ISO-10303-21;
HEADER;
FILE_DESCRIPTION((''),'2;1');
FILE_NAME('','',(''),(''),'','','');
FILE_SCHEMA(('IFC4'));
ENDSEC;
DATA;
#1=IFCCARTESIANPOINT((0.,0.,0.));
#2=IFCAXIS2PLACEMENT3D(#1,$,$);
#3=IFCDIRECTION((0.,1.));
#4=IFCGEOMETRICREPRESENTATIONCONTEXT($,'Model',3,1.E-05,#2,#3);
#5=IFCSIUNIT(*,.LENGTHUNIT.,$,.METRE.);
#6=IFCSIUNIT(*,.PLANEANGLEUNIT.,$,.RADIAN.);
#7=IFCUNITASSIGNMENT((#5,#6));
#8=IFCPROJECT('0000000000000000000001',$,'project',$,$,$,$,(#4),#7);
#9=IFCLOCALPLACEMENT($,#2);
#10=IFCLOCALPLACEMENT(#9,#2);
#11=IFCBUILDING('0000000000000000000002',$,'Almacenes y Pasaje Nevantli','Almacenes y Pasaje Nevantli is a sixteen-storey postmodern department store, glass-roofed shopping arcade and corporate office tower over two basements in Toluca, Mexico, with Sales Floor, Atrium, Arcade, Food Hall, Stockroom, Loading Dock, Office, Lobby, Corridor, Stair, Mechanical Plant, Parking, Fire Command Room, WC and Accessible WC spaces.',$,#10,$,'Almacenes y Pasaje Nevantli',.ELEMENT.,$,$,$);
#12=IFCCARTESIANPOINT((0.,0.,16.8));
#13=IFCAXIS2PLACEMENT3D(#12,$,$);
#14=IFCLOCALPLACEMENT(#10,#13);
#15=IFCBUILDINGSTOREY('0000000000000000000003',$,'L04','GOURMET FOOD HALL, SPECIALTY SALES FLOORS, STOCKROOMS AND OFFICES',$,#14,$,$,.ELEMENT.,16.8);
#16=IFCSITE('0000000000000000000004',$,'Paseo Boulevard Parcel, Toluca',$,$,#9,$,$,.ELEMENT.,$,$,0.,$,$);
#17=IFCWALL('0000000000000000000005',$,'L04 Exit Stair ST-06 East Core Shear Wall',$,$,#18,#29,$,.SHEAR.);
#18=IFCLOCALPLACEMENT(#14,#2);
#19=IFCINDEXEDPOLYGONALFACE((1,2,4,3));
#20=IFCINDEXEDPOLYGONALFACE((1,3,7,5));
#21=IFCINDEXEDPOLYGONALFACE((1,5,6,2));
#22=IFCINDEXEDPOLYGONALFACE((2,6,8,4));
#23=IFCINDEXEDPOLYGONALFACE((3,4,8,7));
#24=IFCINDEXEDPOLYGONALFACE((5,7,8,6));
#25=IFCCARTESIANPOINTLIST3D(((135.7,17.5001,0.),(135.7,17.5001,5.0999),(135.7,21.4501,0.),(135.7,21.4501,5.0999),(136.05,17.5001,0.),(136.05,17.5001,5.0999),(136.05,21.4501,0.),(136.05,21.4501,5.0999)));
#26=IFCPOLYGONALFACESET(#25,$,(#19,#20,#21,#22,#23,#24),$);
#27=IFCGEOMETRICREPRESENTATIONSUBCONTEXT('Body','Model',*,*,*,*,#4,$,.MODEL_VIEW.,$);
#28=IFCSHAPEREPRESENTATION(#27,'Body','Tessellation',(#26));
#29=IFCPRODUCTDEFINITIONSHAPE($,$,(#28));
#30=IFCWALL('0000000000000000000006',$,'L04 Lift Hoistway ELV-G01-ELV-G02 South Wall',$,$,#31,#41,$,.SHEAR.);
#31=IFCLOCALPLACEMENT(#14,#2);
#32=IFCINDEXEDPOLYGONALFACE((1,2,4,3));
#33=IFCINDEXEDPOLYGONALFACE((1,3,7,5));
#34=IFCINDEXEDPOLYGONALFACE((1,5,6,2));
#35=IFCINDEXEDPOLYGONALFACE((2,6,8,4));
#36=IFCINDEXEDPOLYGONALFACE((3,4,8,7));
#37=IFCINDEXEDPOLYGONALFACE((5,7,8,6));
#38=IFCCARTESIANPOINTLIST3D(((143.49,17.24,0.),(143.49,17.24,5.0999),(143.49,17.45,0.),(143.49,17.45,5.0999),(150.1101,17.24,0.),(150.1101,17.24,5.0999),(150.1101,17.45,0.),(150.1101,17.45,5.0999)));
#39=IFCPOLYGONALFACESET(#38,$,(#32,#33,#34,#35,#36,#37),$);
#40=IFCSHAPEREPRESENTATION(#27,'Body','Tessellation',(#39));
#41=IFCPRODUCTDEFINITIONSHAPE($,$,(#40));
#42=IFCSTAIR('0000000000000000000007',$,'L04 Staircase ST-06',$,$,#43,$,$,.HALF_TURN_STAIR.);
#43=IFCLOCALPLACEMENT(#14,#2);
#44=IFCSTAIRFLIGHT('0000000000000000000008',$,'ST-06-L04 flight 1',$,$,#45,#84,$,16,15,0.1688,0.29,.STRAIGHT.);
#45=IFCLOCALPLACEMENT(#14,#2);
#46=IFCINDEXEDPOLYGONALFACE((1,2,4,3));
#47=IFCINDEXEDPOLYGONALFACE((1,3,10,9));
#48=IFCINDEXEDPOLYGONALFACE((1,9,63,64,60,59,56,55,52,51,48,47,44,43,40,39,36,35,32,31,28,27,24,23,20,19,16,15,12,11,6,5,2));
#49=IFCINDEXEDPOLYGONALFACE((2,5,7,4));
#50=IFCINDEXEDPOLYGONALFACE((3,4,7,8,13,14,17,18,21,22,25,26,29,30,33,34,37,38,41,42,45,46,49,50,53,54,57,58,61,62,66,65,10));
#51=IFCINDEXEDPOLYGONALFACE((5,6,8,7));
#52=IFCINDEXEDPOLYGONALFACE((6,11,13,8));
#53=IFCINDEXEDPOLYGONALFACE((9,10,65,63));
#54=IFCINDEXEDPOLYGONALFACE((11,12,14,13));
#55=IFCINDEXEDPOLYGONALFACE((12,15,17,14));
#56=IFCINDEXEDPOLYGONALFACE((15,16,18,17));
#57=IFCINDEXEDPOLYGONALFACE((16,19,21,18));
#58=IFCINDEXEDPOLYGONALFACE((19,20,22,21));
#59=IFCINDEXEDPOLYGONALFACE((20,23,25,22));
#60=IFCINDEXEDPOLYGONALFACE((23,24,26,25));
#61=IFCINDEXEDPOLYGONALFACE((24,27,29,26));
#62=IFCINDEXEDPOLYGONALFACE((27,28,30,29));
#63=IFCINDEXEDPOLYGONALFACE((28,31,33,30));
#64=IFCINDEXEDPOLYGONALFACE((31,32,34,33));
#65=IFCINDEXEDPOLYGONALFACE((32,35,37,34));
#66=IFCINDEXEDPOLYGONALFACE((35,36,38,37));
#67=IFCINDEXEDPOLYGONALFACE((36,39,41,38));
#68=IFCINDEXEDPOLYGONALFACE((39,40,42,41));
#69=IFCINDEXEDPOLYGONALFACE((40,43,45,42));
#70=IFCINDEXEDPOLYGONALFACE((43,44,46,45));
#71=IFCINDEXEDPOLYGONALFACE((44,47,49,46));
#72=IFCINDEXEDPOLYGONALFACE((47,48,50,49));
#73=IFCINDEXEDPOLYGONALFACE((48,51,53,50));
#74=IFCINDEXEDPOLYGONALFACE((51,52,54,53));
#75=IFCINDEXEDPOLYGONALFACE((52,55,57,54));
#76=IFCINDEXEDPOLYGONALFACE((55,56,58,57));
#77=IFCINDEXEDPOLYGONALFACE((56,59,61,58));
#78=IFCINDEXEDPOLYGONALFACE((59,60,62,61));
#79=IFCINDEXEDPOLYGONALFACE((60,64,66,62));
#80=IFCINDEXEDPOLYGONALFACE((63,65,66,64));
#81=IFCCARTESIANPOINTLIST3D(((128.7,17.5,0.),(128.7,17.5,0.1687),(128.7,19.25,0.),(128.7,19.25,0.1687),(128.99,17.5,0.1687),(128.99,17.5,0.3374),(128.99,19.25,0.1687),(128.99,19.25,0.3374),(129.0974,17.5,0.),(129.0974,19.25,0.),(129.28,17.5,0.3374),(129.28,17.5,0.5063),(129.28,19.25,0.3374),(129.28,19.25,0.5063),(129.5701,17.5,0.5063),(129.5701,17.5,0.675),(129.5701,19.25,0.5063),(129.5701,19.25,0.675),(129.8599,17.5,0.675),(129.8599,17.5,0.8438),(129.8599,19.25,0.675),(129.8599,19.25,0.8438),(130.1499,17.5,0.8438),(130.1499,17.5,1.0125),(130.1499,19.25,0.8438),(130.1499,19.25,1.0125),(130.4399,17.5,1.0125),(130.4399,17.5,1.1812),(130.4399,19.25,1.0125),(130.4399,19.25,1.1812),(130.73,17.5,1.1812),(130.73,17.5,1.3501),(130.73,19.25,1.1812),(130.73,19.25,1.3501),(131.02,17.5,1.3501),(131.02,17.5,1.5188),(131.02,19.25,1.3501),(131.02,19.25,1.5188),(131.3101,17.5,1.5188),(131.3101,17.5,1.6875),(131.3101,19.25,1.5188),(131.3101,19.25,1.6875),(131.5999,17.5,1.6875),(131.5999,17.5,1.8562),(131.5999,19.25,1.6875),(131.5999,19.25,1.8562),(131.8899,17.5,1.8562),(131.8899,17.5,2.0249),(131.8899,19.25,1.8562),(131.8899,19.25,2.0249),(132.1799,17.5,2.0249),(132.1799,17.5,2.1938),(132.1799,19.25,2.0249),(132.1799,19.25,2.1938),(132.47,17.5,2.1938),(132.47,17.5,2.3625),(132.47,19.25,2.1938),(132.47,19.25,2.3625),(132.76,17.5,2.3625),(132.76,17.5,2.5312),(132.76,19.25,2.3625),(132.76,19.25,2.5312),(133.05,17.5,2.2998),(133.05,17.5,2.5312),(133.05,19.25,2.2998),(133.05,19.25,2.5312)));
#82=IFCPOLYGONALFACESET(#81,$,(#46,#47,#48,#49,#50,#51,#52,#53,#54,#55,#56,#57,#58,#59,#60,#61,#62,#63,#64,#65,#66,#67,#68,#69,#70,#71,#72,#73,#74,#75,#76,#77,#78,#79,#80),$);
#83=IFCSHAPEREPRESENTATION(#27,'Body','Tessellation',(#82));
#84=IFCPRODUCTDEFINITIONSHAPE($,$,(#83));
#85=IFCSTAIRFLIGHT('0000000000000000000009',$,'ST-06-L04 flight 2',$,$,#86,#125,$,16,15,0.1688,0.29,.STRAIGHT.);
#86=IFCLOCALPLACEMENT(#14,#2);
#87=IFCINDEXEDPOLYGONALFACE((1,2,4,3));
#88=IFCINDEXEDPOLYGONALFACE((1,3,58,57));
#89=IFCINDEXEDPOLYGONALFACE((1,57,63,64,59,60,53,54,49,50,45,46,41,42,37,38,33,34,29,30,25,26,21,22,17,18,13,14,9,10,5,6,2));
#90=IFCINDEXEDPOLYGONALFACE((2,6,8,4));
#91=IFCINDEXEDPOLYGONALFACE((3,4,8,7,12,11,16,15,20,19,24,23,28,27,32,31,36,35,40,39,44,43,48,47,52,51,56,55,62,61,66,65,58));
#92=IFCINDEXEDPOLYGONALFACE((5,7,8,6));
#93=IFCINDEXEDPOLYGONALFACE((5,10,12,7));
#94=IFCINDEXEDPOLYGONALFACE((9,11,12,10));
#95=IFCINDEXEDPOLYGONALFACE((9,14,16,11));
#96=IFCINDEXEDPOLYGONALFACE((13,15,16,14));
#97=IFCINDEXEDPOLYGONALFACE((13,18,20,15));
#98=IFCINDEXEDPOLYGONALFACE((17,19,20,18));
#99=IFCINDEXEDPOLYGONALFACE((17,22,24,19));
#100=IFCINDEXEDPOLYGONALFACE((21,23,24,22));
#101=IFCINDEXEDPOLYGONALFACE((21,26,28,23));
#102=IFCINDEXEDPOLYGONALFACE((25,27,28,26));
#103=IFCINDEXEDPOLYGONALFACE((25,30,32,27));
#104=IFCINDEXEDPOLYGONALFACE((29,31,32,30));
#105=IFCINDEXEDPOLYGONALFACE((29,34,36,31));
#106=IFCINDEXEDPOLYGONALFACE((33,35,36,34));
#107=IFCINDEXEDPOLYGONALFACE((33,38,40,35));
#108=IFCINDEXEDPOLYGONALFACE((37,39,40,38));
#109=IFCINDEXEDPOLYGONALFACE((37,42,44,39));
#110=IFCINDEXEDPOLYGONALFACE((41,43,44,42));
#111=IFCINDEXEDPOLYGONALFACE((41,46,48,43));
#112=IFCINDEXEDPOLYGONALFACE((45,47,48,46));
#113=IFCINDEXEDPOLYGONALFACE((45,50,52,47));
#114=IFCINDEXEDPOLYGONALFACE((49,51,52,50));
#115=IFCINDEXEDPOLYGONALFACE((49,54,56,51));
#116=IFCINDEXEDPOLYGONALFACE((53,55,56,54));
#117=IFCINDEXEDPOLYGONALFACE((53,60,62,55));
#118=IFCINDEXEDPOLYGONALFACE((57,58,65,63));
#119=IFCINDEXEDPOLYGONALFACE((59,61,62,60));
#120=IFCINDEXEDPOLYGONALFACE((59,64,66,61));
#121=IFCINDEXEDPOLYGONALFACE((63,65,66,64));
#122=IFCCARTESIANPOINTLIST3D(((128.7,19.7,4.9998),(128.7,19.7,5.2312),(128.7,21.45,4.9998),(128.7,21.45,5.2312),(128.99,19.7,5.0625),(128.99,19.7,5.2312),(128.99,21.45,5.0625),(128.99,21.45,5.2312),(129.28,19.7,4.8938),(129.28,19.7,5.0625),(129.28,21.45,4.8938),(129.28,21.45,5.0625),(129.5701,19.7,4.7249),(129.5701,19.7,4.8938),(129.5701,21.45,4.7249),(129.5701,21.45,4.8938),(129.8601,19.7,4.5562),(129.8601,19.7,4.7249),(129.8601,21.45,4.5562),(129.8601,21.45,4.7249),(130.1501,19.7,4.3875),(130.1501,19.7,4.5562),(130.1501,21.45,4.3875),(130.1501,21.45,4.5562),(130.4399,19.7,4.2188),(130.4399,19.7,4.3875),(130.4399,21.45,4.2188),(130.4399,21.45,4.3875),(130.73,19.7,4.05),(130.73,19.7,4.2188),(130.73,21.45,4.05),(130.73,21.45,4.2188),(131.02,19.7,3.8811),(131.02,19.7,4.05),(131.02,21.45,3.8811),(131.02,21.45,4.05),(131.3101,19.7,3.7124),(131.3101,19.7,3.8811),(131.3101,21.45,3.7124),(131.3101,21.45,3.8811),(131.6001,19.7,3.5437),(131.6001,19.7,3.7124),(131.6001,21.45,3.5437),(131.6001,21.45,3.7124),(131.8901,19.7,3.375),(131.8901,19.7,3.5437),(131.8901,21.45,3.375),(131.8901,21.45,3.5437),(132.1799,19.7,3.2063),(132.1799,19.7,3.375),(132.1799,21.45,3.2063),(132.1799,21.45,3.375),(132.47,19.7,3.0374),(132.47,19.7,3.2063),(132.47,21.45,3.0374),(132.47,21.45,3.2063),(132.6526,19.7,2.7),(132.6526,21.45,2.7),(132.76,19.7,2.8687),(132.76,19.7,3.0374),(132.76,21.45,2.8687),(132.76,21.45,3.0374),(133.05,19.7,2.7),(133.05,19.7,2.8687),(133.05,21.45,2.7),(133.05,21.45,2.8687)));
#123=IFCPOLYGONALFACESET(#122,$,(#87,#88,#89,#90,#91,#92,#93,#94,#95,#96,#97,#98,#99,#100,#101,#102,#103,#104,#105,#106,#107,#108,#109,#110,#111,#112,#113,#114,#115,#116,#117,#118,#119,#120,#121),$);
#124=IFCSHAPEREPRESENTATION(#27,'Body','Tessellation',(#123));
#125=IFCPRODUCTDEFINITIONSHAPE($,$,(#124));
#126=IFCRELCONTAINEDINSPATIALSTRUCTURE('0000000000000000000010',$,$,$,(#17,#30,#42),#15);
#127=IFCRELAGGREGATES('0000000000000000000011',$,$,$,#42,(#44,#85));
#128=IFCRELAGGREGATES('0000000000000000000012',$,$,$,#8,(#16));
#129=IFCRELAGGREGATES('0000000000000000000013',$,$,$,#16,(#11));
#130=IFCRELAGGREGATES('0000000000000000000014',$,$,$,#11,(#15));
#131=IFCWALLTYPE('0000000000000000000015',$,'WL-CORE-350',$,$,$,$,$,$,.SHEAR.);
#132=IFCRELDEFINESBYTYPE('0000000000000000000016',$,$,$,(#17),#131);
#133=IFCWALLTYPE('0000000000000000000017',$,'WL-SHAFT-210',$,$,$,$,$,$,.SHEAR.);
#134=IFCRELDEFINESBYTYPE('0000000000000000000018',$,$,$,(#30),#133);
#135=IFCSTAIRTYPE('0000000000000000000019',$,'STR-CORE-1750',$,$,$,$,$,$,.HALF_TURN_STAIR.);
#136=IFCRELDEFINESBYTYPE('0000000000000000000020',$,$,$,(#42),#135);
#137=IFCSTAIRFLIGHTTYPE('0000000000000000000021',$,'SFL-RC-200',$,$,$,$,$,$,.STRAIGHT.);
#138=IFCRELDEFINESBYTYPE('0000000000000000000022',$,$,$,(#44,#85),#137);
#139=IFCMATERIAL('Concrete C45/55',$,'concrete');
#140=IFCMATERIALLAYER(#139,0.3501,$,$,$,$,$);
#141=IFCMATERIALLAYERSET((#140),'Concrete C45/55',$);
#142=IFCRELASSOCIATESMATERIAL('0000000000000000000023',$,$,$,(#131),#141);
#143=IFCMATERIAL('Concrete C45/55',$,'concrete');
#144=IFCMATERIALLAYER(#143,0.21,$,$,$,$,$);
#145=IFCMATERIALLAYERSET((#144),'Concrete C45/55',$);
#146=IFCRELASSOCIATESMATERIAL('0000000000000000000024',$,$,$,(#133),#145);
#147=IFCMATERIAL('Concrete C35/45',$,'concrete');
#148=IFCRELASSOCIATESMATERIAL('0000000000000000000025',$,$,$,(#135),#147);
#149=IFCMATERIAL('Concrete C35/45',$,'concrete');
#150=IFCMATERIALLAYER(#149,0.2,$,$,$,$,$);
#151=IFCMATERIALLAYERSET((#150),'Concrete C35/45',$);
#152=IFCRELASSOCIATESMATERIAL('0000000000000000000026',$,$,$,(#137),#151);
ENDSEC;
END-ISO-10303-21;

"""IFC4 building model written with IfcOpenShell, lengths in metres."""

from ifc_helpers import new_model, si_unit, direction, frame, frame_2d, origin, place, context, subcontext, project, spatial, polyline, rectangle, outline, extrude, material, layer, layer_set, type_object, element, aggregate, save


model = new_model("IFC4")

# Units and contexts
model_context = context("Model", 3, precision=1e-05, world=origin(), true_north=direction((0.0, 1.0)))
body_context = subcontext(model_context, "Body", "Model", "MODEL_VIEW")
ifc_project = project(units=[si_unit("LENGTHUNIT", "METRE"), si_unit("PLANEANGLEUNIT", "RADIAN")], contexts=[model_context])

# Site, building, storey
site_placement = place(None, origin())
site = spatial("IfcSite", under=ifc_project, at=site_placement, Name="Paseo Boulevard Parcel, Toluca", CompositionType="ELEMENT", RefElevation=0.0)
building_placement = place(site_placement, origin())
building = spatial("IfcBuilding", under=site, at=building_placement, Name="Almacenes y Pasaje Nevantli", Description="Almacenes y Pasaje Nevantli is a sixteen-storey postmodern department store, glass-roofed shopping arcade and corporate office tower over two basements in Toluca, Mexico, with Sales Floor, Atrium, Arcade, Food Hall, Stockroom, Loading Dock, Office, Lobby, Corridor, Stair, Mechanical Plant, Parking, Fire Command Room, WC and Accessible WC spaces.", LongName="Almacenes y Pasaje Nevantli", CompositionType="ELEMENT")
storey_placement = place(building_placement, frame((0.0, 0.0, 16.8)))
storey = spatial("IfcBuildingStorey", under=building, at=storey_placement, Name="L04", Description="GOURMET FOOD HALL, SPECIALTY SALES FLOORS, STOCKROOMS AND OFFICES", CompositionType="ELEMENT", Elevation=16.8)

# Shared definitions
ifc_material_1 = material(Name="Concrete C45/55", Category="concrete")
ifc_layer_1 = layer(ifc_material_1, 0.3501)
ifc_layer_set_1 = layer_set([ifc_layer_1], Name="Concrete C45/55")
wall_type_1 = type_object("IfcWallType", Name="WL-CORE-350", PredefinedType="SHEAR", material=ifc_layer_set_1)

# Walls
for number, where, z_axis, x_axis, name in (
    (1, (135.875, 17.5, 0.0), (0.0, 0.0, 1.0), (0.0, 1.0, 0.0), "L04 Exit Stair ST-06 East Core Shear Wall"),
):
    element("IfcWall", number, at=place(storey_placement, frame(where, z_axis=z_axis, x_axis=x_axis)), inside=storey, type_object=wall_type_1, Name=name, PredefinedType="SHEAR", context=body_context, shape_type="SweptSolid", body=[
        extrude(rectangle(XDim=3.95, YDim=0.3501, at=frame_2d((1.9751, 0.0))), origin(), (0.0, 0.0, 1.0), 5.0999),
    ])
ifc_material_2 = material(Name="Concrete C45/55", Category="concrete")
ifc_layer_2 = layer(ifc_material_2, 0.21)
ifc_layer_set_2 = layer_set([ifc_layer_2], Name="Concrete C45/55")
wall_type_2 = type_object("IfcWallType", Name="WL-SHAFT-210", PredefinedType="SHEAR", material=ifc_layer_set_2)
wall_1_placement = place(storey_placement, frame((143.49, 17.345, 0.0), z_axis=(0.0, 0.0, 1.0), x_axis=(1.0, 0.0, 0.0)))
element("IfcWall", 2, at=wall_1_placement, inside=storey, type_object=wall_type_2, Name="L04 Lift Hoistway ELV-G01-ELV-G02 South Wall", PredefinedType="SHEAR", context=body_context, shape_type="SweptSolid", body=[
    extrude(rectangle(XDim=6.6201, YDim=0.21, at=frame_2d((3.3101, 0.0))), origin(), (0.0, 0.0, 1.0), 5.0999),
])

# Stair, stair flights
ifc_material_3 = material(Name="Concrete C35/45", Category="concrete")
stair_type = type_object("IfcStairType", Name="STR-CORE-1750", PredefinedType="HALF_TURN_STAIR", material=ifc_material_3)
stair_placement = place(storey_placement, origin())
stair = element("IfcStair", 3, at=stair_placement, inside=storey, type_object=stair_type, Name="L04 Staircase ST-06", PredefinedType="HALF_TURN_STAIR")
ifc_material_4 = material(Name="Concrete C35/45", Category="concrete")
ifc_layer_3 = layer(ifc_material_4, 0.2)
ifc_layer_set_3 = layer_set([ifc_layer_3], Name="Concrete C35/45")
stair_flight_type = type_object("IfcStairFlightType", Name="SFL-RC-200", PredefinedType="STRAIGHT", material=ifc_layer_set_3)
stair_flight_1_placement = place(storey_placement, frame((128.7, 18.375, 0.0), z_axis=(0.0, 0.0, 1.0), x_axis=(1.0, 0.0, 0.0)))
stair_flight_1 = element("IfcStairFlight", 4, at=stair_flight_1_placement, type_object=stair_flight_type, Name="ST-06-L04 flight 1", NumberOfRisers=16, NumberOfTreads=15, PredefinedType="STRAIGHT", RiserHeight=0.1688, TreadLength=0.29, context=body_context, shape_type="SweptSolid", body=[
    extrude(outline(polyline([(0.0, 0.0), (0.0, 0.1687), (0.29, 0.1687), (0.29, 0.3374), (0.5801, 0.3374), (0.5801, 0.5063), (0.8701, 0.5063), (0.8701, 0.675), (1.1599, 0.675), (1.1599, 0.8438), (1.45, 0.8438), (1.45, 1.0125), (1.74, 1.0125), (1.74, 1.1812), (2.03, 1.1812), (2.03, 1.3501), (2.3201, 1.3501), (2.3201, 1.5188), (2.6101, 1.5188), (2.6101, 1.6875), (2.8999, 1.6875), (2.8999, 1.8562), (3.1899, 1.8562), (3.1899, 2.0249), (3.48, 2.0249), (3.48, 2.1938), (3.77, 2.1938), (3.77, 2.3625), (4.0601, 2.3625), (4.0601, 2.5312), (4.3501, 2.5312), (4.3501, 2.7), (4.3501, 2.2998), (0.3975, 0.0), (0.0, 0.0)])), frame((0.0, 0.875, 0.0), z_axis=(0.0, -1.0, 0.0), x_axis=(1.0, 0.0, 0.0)), (0.0, 0.0, 1.0), 1.75),
])
stair_flight_2_placement = place(storey_placement, frame((133.05, 20.575, 2.7), z_axis=(0.0, 0.0, 1.0), x_axis=(-1.0, 0.0, 0.0)))
stair_flight_2 = element("IfcStairFlight", 5, at=stair_flight_2_placement, type_object=stair_flight_type, Name="ST-06-L04 flight 2", NumberOfRisers=16, NumberOfTreads=15, PredefinedType="STRAIGHT", RiserHeight=0.1688, TreadLength=0.29, context=body_context, shape_type="SweptSolid", body=[
    extrude(outline(polyline([(0.0, 0.0), (0.0, 0.1687), (0.29, 0.1687), (0.29, 0.3374), (0.5801, 0.3374), (0.5801, 0.5063), (0.8701, 0.5063), (0.8701, 0.675), (1.1599, 0.675), (1.1599, 0.8438), (1.45, 0.8438), (1.45, 1.0125), (1.74, 1.0125), (1.74, 1.1812), (2.03, 1.1812), (2.03, 1.3501), (2.3201, 1.3501), (2.3201, 1.5188), (2.6101, 1.5188), (2.6101, 1.6875), (2.8999, 1.6875), (2.8999, 1.8562), (3.1899, 1.8562), (3.1899, 2.0249), (3.48, 2.0249), (3.48, 2.1938), (3.77, 2.1938), (3.77, 2.3625), (4.0601, 2.3625), (4.0601, 2.5312), (4.3501, 2.5312), (4.3501, 2.7), (4.3501, 2.2998), (0.3975, 0.0), (0.0, 0.0)])), frame((0.0, 0.875, 0.0), z_axis=(0.0, -1.0, 0.0), x_axis=(1.0, 0.0, 0.0)), (0.0, 0.0, 1.0), 1.75),
])
aggregate(stair, [stair_flight_1, stair_flight_2])

save(model, "model.ifc")
